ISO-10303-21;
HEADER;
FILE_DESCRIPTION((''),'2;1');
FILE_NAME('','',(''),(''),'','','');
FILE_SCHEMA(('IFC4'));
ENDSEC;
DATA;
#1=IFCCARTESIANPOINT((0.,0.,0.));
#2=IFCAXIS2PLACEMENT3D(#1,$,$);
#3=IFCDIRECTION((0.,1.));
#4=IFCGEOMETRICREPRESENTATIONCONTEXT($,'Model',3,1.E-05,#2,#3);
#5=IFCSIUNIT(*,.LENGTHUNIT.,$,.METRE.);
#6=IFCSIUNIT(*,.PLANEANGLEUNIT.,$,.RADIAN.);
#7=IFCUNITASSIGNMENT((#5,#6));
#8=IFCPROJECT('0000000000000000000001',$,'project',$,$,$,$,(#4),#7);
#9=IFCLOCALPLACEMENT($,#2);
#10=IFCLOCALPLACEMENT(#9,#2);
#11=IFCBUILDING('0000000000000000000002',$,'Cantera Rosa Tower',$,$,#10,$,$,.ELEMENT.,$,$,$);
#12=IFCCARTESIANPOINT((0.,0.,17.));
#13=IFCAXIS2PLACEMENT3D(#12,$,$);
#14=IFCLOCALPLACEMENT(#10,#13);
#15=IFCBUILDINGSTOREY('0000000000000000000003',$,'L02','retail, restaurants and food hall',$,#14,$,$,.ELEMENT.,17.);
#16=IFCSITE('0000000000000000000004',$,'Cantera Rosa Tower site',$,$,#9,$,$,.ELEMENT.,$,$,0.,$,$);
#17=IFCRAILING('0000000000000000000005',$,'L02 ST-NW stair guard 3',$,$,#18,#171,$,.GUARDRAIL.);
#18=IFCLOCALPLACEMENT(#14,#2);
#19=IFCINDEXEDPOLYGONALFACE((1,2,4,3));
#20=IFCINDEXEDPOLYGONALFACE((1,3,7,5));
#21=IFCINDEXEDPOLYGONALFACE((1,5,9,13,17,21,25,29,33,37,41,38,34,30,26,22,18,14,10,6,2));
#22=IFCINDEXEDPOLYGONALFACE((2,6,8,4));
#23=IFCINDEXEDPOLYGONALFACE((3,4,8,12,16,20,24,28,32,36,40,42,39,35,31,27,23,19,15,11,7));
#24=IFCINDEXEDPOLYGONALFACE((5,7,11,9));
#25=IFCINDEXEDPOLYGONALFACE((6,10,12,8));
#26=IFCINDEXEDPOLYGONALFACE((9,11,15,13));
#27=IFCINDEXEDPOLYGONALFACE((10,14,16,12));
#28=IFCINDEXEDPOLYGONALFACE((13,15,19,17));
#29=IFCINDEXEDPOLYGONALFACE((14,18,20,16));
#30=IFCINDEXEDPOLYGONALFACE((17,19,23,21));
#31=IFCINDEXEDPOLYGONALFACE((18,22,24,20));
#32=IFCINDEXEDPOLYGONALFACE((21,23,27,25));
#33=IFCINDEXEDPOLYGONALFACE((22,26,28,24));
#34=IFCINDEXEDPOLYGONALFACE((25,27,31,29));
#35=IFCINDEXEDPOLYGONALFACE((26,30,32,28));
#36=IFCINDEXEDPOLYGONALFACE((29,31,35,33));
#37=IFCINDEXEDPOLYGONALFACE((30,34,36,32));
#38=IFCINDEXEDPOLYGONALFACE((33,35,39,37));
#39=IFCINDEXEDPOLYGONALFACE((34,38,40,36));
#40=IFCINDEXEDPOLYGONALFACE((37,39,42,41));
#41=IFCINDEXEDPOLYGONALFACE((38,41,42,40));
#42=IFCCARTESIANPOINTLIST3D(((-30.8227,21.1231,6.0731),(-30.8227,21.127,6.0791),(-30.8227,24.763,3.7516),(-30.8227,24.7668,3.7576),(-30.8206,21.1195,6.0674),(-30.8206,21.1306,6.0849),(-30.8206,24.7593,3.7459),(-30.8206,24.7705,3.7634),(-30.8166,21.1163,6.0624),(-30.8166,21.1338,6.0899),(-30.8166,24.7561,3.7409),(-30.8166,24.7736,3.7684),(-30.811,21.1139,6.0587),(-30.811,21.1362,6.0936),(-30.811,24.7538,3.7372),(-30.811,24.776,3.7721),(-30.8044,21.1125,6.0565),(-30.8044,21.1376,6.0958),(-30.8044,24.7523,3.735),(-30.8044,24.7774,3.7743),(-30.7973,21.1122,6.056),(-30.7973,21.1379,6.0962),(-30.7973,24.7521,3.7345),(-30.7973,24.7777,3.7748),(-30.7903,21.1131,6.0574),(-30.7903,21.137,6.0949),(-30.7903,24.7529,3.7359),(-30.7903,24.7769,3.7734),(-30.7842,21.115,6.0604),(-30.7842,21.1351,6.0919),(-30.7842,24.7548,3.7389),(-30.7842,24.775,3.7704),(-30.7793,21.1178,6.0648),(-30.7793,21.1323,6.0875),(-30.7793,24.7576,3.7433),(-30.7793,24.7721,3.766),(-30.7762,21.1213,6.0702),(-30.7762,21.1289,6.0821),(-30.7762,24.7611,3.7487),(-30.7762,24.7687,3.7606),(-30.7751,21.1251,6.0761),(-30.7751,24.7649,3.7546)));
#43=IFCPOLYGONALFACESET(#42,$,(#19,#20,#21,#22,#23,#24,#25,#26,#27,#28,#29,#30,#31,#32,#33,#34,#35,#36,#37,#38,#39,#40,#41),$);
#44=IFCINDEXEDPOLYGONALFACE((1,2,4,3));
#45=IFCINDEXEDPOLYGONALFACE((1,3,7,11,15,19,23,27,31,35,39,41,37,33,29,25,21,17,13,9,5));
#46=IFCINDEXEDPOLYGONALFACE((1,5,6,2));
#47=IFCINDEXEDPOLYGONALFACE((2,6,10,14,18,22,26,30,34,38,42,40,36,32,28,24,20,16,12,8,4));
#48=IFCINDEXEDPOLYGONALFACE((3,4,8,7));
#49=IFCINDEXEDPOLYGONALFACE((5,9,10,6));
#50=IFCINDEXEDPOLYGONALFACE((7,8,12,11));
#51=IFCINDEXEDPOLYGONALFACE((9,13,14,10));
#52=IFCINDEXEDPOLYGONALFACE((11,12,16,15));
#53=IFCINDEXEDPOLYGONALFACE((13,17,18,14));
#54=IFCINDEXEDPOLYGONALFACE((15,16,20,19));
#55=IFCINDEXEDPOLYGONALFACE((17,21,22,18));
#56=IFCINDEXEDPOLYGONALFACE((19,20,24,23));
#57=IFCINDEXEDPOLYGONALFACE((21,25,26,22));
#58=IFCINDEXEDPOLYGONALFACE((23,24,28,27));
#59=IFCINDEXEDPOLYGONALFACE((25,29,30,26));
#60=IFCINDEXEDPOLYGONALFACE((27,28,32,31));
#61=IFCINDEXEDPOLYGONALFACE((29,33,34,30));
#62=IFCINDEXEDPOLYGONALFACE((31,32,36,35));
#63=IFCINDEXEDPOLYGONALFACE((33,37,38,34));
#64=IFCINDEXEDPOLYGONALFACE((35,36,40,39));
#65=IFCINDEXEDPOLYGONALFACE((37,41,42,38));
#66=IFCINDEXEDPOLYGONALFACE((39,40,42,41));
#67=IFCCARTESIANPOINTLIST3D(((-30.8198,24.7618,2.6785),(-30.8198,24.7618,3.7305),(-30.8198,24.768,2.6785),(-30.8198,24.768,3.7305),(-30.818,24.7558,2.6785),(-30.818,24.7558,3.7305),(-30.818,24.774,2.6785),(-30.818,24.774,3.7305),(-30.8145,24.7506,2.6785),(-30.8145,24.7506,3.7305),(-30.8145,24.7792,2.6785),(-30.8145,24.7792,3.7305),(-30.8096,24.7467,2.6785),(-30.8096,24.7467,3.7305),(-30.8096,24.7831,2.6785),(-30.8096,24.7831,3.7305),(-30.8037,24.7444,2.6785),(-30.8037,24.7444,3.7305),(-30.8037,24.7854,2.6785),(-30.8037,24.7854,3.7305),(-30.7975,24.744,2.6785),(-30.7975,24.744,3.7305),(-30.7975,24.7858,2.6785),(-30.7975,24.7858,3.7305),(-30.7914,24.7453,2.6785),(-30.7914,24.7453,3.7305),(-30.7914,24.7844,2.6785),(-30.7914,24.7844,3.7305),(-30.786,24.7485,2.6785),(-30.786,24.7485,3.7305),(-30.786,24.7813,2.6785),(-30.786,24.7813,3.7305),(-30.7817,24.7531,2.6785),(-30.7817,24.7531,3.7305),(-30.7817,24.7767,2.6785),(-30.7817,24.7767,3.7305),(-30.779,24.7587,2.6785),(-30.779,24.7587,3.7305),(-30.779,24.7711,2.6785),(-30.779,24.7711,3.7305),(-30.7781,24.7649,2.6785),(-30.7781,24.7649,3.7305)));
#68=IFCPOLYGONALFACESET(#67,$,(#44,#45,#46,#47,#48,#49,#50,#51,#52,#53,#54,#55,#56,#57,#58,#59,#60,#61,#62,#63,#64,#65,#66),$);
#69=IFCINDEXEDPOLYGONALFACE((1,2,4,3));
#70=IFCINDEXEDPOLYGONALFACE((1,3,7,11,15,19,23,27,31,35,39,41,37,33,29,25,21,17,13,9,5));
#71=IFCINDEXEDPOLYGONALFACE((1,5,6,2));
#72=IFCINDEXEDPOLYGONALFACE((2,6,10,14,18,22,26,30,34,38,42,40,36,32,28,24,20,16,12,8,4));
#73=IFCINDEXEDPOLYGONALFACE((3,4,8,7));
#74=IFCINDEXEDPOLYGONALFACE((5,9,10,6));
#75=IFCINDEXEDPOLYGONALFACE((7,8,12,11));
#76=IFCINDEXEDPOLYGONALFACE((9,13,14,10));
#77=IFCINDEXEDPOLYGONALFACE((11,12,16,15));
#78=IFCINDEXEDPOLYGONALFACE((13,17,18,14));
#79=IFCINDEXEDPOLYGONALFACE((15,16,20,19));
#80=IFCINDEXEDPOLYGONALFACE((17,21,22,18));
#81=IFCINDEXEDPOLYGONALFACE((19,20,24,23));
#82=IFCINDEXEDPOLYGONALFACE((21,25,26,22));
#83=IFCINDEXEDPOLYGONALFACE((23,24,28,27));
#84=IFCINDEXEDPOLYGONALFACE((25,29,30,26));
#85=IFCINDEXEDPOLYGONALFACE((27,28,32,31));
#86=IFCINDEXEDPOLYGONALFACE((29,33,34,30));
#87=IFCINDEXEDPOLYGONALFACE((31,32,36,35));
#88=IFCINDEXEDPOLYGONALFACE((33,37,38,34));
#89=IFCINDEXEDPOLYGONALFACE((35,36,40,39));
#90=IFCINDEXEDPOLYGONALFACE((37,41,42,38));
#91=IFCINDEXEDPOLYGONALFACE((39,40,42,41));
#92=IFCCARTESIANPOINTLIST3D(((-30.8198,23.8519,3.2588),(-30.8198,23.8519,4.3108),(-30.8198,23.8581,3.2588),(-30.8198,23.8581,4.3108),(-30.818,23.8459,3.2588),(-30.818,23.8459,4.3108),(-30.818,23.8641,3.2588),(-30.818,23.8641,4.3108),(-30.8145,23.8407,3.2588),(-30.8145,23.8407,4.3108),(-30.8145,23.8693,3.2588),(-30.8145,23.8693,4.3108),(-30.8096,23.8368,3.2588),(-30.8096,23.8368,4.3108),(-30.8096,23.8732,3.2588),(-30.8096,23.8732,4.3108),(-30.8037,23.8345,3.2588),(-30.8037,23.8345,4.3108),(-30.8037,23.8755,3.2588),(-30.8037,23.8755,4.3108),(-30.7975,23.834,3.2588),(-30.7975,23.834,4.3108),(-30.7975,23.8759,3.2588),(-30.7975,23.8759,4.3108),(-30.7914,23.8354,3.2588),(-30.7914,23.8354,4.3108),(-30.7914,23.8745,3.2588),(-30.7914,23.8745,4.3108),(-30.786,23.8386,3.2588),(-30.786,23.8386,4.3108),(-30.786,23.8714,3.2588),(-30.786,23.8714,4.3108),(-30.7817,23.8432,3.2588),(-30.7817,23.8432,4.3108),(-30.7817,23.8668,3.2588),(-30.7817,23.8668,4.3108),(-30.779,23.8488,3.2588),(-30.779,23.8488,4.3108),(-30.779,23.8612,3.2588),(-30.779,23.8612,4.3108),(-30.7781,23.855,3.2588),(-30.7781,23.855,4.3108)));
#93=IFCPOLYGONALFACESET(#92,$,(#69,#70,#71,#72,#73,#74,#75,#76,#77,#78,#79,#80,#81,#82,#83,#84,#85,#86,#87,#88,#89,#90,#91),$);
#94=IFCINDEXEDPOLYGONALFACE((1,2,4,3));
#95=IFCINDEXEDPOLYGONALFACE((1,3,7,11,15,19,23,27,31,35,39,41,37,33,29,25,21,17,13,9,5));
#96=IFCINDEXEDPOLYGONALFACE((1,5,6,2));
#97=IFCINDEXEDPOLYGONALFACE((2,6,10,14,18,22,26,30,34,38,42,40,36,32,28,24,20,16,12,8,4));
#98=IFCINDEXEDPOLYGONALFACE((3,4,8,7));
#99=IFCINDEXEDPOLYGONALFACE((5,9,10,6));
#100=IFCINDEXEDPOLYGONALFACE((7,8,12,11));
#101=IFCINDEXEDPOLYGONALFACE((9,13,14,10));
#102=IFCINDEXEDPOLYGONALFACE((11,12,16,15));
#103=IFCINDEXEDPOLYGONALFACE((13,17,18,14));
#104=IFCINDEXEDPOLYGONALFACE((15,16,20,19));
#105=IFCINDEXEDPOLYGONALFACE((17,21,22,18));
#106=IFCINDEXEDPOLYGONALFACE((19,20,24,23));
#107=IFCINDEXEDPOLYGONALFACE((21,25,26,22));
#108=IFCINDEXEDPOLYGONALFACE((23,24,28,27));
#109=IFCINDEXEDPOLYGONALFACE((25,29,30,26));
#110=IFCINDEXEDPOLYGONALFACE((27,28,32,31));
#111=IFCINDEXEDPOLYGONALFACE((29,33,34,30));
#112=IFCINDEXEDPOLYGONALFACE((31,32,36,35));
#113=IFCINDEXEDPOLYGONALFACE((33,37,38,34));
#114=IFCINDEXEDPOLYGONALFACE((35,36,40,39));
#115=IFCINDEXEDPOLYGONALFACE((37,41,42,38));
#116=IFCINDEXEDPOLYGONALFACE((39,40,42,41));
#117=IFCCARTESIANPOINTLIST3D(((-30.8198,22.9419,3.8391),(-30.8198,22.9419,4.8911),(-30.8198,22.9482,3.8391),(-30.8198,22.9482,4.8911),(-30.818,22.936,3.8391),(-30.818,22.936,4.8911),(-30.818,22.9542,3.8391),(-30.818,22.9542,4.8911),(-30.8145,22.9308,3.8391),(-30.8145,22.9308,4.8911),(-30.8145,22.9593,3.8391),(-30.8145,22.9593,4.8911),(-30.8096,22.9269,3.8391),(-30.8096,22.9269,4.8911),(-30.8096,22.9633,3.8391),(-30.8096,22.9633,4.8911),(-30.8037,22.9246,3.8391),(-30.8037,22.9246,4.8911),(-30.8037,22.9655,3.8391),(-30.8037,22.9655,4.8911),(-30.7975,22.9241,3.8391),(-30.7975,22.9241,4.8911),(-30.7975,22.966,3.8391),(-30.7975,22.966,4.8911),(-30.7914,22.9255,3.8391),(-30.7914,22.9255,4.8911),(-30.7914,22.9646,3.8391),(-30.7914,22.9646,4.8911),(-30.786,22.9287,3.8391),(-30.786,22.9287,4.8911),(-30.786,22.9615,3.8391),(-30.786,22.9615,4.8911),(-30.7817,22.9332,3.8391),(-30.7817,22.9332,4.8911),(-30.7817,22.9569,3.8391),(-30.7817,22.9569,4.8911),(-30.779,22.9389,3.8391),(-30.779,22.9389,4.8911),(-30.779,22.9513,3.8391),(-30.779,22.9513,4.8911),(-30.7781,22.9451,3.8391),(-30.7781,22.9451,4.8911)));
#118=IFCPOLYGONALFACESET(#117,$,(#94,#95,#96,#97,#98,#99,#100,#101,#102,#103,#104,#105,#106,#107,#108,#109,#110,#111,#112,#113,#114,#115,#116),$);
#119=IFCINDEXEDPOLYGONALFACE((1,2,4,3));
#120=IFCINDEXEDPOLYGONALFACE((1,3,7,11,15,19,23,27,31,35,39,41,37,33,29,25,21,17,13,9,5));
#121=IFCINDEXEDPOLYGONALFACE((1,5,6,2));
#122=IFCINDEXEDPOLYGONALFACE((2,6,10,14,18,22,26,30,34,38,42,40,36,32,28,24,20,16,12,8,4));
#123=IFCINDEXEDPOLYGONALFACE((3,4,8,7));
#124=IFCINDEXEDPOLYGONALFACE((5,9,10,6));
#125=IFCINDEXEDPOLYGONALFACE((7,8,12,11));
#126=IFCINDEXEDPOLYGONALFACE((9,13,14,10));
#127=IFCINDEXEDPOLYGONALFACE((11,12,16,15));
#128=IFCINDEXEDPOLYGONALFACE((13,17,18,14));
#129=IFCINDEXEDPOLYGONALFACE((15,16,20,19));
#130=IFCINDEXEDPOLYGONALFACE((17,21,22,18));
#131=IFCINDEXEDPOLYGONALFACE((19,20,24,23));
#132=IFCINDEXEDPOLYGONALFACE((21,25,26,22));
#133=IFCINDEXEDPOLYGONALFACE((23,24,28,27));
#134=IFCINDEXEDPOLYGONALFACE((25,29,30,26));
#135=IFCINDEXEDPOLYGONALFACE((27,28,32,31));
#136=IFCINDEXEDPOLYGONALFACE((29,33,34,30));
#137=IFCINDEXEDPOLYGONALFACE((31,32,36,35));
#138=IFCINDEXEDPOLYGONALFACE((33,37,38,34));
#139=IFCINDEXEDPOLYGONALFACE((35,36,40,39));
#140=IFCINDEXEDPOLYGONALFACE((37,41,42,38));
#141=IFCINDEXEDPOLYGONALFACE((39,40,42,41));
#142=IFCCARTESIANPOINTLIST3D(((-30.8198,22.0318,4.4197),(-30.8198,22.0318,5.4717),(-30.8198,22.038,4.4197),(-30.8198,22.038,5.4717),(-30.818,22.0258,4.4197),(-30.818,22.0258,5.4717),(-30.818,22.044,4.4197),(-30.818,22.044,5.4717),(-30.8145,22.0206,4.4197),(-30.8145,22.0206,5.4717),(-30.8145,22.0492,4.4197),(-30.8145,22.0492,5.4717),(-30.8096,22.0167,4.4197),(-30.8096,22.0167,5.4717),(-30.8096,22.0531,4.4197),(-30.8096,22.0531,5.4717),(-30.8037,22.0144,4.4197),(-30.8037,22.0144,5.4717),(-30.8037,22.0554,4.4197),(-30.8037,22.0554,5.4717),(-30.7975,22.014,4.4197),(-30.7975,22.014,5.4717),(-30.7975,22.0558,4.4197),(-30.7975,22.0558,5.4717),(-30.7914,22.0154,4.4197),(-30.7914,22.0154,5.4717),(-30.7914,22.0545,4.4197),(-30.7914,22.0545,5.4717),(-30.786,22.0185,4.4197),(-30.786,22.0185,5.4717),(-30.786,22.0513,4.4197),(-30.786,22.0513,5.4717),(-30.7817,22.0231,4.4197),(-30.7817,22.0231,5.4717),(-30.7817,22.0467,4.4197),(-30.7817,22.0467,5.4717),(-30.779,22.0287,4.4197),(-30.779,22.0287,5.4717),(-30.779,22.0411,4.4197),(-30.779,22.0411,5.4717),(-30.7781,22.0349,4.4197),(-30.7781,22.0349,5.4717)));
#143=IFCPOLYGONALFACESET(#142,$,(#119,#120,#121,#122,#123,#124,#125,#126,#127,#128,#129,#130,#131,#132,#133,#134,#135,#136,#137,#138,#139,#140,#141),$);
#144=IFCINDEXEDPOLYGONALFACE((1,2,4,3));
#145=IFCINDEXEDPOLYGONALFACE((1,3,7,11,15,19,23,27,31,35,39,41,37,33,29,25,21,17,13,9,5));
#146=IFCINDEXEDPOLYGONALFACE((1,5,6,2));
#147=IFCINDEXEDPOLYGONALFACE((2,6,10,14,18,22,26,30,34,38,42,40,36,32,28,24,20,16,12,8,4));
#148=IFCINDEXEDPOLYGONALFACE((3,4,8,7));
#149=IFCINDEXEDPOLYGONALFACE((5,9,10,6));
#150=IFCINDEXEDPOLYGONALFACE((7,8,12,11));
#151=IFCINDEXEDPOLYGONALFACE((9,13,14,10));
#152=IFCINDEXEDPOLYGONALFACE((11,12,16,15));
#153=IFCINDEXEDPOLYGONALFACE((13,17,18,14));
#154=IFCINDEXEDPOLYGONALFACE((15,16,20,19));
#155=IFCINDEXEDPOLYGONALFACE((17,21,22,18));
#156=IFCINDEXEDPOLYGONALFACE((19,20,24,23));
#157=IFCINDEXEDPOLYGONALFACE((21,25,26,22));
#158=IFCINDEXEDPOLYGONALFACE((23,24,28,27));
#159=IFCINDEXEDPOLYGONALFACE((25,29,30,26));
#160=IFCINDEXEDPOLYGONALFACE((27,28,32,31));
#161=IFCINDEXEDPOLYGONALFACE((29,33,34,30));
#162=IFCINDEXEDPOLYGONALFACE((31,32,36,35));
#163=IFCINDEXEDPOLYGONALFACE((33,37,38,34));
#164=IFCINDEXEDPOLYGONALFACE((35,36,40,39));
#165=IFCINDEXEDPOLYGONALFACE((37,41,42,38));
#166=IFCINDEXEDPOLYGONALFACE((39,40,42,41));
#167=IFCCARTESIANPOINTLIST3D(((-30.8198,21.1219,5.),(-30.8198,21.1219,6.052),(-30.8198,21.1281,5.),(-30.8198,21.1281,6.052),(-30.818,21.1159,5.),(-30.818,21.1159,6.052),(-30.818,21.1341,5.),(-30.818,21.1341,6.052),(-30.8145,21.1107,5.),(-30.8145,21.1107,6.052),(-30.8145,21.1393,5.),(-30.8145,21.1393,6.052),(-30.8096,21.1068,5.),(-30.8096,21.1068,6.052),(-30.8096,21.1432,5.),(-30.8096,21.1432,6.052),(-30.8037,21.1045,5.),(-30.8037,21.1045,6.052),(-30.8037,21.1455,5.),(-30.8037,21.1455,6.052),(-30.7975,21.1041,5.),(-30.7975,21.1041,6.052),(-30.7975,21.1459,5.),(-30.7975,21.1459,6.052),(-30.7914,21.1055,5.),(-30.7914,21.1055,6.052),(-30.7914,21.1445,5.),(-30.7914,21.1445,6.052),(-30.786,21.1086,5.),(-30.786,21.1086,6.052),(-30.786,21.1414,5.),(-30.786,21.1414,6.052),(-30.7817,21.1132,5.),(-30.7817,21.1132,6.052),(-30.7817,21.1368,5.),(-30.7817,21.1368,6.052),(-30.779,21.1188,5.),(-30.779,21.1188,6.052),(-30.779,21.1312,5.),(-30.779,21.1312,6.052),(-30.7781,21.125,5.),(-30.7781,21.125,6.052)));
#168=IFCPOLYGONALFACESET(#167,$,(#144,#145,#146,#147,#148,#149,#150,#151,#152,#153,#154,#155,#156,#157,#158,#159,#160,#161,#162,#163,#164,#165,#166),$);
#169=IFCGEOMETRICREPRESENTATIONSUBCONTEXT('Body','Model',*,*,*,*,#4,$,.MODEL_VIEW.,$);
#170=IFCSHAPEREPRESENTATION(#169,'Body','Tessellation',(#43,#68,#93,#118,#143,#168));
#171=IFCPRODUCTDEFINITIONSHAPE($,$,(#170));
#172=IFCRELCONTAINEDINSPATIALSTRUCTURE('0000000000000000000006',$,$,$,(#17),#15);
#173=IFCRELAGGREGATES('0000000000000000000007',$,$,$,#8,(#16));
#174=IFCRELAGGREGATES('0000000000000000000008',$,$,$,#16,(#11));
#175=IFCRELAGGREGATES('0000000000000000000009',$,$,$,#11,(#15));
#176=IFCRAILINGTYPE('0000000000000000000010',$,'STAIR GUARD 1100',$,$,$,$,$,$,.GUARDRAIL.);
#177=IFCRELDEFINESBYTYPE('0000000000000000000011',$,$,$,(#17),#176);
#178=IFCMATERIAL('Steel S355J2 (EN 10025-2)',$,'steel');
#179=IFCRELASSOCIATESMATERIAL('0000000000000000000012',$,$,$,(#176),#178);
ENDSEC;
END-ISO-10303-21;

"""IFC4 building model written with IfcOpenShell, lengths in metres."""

from ifc_helpers import new_model, si_unit, direction, frame, origin, origin_2d, place, context, subcontext, project, spatial, circle, extrude, material, type_object, element, save


model = new_model("IFC4")

# Units and contexts
model_context = context("Model", 3, precision=1e-05, world=origin(), true_north=direction((0.0, 1.0)))
body_context = subcontext(model_context, "Body", "Model", "MODEL_VIEW")
ifc_project = project(units=[si_unit("LENGTHUNIT", "METRE"), si_unit("PLANEANGLEUNIT", "RADIAN")], contexts=[model_context])

# Site, building, storey
site_placement = place(None, origin())
site = spatial("IfcSite", under=ifc_project, at=site_placement, Name="Cantera Rosa Tower site", CompositionType="ELEMENT", RefElevation=0.0)
building_placement = place(site_placement, origin())
building = spatial("IfcBuilding", under=site, at=building_placement, Name="Cantera Rosa Tower", CompositionType="ELEMENT")
storey_placement = place(building_placement, frame((0.0, 0.0, 17.0)))
storey = spatial("IfcBuildingStorey", under=building, at=storey_placement, Name="L02", Description="retail, restaurants and food hall", CompositionType="ELEMENT", Elevation=17.0)

# Railing
ifc_material_1 = material(Name="Steel S355J2 (EN 10025-2)", Category="steel")
railing_type_1 = type_object("IfcRailingType", Name="STAIR GUARD 1100", PredefinedType="GUARDRAIL", material=ifc_material_1)
railing_1_placement = place(storey_placement, frame((-30.7991, 24.7649, 2.6785)))
element("IfcRailing", 1, at=railing_1_placement, inside=storey, type_object=railing_type_1, Name="L02 ST-NW stair guard 3", PredefinedType="GUARDRAIL", context=body_context, shape_type="SweptSolid", body=[
    extrude(circle(Radius=0.0239, at=origin_2d()), frame((0.0, 0.0, 1.0762), z_axis=(0.0, -0.843112, 0.537739), x_axis=(1.0, 0.0, 0.0)), (0.0, 0.0, 1.0), 4.3171),
    extrude(circle(Radius=0.021, at=origin_2d()), origin(), (0.0, 0.0, 1.0), 1.052),
    extrude(circle(Radius=0.021, at=origin_2d()), frame((0.0, -0.9099, 0.5803)), (0.0, 0.0, 1.0), 1.052),
    extrude(circle(Radius=0.021, at=origin_2d()), frame((0.0, -1.8198, 1.1606)), (0.0, 0.0, 1.0), 1.052),
    extrude(circle(Radius=0.021, at=origin_2d()), frame((0.0, -2.73, 1.7412)), (0.0, 0.0, 1.0), 1.052),
    extrude(circle(Radius=0.021, at=origin_2d()), frame((0.0, -3.6399, 2.3215)), (0.0, 0.0, 1.0), 1.052),
])

save(model, "model.ifc")
